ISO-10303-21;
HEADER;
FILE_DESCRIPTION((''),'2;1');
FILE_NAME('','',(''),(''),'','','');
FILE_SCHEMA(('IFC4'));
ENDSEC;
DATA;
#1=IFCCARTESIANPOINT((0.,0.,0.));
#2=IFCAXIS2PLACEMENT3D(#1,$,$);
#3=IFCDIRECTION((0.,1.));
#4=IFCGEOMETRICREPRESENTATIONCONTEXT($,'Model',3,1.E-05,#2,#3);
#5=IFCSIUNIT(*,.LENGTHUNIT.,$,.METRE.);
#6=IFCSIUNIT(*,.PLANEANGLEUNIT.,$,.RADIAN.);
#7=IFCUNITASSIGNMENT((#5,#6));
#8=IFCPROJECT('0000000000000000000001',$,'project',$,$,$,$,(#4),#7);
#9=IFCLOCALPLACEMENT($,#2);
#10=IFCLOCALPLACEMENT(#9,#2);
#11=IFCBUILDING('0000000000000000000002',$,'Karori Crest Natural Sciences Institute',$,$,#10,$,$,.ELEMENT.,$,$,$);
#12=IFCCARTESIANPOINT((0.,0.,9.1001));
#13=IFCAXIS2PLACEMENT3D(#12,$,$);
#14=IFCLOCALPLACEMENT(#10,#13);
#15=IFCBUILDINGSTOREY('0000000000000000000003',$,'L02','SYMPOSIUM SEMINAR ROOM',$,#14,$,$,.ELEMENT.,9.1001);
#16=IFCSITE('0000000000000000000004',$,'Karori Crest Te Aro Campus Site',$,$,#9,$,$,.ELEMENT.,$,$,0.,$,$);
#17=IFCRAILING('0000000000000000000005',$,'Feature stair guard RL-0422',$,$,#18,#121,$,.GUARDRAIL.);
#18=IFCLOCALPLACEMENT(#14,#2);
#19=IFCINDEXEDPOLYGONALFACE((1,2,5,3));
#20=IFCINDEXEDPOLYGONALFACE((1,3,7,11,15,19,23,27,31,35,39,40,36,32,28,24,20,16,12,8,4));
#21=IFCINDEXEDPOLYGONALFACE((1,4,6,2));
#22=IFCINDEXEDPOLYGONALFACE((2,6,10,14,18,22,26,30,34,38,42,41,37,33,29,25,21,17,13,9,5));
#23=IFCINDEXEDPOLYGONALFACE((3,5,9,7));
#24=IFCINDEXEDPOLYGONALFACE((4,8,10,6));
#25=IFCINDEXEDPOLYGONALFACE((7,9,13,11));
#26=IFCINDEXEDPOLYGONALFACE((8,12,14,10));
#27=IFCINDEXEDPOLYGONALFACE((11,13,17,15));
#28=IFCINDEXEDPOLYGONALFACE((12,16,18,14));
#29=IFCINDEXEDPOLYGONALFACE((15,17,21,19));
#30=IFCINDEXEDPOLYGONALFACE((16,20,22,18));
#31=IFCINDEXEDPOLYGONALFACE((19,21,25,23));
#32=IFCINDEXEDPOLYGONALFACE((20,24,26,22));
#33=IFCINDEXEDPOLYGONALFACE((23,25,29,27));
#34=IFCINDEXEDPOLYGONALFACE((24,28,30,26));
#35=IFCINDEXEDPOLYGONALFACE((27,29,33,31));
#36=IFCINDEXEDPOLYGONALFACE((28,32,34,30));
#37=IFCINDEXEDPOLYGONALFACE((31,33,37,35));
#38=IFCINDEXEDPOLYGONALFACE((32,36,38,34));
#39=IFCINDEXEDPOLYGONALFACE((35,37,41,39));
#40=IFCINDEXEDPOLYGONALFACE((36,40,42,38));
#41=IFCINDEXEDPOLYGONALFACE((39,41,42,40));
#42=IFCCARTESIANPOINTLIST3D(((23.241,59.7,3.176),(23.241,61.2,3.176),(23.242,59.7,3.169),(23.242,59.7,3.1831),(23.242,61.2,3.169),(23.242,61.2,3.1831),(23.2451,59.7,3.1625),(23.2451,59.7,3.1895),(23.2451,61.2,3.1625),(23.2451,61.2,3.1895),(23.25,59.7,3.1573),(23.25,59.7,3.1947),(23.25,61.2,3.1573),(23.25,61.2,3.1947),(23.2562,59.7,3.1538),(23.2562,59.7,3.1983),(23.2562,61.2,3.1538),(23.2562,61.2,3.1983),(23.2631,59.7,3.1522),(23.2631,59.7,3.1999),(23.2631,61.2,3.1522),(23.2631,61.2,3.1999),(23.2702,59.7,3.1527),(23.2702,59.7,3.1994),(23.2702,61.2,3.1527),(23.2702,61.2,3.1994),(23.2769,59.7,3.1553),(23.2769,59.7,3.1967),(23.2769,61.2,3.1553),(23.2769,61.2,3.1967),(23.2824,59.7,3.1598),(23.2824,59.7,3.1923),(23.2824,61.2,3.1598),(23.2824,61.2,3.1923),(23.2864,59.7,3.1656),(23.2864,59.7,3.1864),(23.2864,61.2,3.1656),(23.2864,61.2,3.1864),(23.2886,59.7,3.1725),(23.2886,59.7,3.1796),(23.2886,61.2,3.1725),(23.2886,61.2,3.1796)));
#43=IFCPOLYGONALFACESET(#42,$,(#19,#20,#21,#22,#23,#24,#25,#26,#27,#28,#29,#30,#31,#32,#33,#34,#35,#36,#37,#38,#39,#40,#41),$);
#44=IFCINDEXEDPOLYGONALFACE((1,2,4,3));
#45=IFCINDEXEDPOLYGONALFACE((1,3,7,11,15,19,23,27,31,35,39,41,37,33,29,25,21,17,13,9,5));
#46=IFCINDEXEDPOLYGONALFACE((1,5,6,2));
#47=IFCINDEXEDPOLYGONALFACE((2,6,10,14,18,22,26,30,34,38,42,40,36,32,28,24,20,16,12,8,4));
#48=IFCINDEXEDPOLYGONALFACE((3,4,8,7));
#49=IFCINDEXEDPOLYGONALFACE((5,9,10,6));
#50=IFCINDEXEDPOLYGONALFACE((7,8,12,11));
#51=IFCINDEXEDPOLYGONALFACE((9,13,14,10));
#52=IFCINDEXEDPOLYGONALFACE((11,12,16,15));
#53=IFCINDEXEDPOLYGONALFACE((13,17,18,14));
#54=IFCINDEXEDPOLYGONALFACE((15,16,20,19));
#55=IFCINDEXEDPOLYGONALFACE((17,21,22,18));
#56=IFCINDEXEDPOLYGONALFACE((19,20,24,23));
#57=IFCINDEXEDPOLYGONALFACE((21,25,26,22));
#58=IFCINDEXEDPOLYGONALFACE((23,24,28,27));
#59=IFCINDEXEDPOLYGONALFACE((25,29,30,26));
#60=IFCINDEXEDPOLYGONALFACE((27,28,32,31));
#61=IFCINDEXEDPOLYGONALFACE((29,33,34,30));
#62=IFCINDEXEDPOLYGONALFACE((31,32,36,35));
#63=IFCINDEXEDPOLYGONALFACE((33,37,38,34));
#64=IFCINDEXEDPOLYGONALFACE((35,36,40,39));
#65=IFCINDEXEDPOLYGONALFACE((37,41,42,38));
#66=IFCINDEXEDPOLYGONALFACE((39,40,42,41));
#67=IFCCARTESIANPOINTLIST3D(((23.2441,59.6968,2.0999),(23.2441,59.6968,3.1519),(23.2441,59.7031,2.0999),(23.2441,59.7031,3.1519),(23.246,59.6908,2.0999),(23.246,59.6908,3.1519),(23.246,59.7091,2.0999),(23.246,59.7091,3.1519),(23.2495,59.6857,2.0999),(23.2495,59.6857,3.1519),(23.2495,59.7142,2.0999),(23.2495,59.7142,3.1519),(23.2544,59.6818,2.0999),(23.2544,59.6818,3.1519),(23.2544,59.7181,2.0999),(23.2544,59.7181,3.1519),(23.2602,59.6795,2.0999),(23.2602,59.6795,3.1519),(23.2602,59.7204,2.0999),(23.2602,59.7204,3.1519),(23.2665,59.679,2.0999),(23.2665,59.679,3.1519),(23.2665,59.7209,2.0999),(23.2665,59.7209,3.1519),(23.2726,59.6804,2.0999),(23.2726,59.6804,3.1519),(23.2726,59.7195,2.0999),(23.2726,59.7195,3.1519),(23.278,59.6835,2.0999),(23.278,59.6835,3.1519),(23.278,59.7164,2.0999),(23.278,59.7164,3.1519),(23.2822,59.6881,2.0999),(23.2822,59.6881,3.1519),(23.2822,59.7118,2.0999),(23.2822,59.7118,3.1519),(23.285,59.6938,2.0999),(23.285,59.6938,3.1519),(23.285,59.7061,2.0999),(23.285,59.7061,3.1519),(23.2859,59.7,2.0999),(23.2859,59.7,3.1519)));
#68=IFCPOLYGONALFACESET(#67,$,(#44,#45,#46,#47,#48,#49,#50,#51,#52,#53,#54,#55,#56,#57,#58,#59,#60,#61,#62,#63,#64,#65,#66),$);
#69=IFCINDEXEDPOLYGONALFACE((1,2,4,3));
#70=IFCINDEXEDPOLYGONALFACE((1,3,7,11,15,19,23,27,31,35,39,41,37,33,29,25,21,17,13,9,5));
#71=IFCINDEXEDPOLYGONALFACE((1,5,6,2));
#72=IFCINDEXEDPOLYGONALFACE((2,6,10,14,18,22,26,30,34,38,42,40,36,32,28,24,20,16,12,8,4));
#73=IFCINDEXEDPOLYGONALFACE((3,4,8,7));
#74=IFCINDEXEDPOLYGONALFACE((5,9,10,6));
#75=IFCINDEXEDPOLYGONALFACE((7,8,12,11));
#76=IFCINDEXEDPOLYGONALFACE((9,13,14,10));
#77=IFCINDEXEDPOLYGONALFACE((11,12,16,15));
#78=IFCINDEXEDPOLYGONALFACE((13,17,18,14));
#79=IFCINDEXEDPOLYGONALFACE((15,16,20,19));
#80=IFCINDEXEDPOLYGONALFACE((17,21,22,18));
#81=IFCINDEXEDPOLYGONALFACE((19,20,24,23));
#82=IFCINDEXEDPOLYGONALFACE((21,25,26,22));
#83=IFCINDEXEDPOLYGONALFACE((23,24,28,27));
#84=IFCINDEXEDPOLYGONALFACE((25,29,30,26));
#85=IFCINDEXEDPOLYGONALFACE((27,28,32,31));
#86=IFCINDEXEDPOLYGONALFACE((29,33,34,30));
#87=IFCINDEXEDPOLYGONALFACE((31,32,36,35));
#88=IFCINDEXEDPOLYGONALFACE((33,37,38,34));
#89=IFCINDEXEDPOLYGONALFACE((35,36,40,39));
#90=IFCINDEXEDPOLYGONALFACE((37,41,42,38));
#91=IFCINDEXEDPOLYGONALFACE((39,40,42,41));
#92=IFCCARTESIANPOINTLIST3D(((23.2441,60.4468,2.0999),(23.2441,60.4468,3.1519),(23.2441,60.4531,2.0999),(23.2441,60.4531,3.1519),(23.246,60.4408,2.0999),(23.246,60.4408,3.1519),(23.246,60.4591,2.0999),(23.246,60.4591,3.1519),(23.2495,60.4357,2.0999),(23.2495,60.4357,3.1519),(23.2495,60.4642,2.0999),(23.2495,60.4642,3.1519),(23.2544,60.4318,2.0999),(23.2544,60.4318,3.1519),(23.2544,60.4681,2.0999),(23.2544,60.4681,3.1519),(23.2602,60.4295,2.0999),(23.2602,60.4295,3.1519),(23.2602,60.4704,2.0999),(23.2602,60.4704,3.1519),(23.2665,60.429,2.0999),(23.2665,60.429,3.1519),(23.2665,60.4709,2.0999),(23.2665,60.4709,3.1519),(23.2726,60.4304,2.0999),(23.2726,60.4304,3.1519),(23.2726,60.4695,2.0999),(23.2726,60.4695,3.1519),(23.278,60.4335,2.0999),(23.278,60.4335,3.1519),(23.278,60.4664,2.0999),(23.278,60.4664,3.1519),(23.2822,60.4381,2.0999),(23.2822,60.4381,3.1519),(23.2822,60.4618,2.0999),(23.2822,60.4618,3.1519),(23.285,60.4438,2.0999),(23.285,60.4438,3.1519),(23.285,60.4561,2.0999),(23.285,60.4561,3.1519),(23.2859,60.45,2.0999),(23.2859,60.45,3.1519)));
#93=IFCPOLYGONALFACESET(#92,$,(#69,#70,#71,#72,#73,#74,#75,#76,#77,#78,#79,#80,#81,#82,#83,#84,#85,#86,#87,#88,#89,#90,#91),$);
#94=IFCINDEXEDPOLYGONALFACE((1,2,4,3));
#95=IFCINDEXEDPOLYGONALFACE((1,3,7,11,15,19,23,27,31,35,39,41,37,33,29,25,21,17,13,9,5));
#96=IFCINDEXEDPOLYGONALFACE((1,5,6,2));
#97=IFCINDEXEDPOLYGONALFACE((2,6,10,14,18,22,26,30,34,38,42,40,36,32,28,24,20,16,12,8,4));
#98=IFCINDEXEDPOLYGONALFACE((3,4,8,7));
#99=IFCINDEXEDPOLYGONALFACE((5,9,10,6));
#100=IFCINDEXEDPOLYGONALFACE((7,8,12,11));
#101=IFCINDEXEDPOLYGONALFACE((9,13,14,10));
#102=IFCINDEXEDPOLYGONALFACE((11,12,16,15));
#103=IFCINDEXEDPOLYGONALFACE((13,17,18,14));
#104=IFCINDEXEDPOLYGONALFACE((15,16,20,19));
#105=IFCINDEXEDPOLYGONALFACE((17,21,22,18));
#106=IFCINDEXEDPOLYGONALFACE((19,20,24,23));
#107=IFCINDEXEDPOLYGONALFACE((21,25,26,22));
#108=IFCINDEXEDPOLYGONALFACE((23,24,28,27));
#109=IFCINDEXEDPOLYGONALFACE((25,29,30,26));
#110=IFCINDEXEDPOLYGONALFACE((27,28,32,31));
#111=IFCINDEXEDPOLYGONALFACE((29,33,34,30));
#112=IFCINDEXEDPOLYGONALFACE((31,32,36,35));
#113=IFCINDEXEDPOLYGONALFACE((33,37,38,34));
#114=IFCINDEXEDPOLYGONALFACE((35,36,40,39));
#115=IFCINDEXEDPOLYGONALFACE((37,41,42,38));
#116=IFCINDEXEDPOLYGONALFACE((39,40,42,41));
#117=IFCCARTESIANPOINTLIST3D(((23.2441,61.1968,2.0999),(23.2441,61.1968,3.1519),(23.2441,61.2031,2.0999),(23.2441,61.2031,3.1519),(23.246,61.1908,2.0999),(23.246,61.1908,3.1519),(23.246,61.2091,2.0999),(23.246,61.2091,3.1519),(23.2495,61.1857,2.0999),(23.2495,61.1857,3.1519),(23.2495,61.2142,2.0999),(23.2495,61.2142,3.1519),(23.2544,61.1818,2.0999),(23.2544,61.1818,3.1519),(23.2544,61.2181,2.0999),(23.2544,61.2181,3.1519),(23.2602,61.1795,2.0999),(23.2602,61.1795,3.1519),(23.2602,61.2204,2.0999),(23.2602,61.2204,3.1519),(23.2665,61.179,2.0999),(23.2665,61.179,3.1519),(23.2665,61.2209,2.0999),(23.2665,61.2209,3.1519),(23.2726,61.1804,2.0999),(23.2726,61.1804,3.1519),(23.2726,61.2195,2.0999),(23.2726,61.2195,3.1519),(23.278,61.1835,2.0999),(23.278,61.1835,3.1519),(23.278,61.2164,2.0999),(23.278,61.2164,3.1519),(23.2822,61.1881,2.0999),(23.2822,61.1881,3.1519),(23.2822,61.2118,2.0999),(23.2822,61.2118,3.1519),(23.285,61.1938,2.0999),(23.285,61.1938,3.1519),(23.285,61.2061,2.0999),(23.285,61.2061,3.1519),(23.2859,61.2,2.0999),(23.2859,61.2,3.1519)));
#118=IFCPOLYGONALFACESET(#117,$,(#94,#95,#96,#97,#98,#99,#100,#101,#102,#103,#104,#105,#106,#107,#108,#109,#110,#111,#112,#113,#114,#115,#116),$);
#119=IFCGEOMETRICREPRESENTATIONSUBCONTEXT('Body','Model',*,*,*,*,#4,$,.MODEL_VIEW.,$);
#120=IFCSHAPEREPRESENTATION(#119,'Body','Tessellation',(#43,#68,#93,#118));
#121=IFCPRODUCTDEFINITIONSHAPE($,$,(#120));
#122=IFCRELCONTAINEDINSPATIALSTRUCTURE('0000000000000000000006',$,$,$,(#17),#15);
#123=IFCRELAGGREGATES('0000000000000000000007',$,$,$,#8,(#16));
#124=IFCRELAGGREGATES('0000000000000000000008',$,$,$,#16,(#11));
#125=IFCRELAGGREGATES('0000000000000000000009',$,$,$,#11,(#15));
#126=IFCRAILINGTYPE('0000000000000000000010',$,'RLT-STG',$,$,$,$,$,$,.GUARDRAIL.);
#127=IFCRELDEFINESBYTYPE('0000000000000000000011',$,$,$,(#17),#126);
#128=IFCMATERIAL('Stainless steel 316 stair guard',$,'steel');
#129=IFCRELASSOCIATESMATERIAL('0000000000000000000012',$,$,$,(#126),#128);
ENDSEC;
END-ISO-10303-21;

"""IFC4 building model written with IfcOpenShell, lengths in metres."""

from ifc_helpers import new_model, si_unit, direction, frame, origin, origin_2d, place, context, subcontext, project, spatial, circle, extrude, material, type_object, element, save


model = new_model("IFC4")

# Units and contexts
model_context = context("Model", 3, precision=1e-05, world=origin(), true_north=direction((0.0, 1.0)))
body_context = subcontext(model_context, "Body", "Model", "MODEL_VIEW")
ifc_project = project(units=[si_unit("LENGTHUNIT", "METRE"), si_unit("PLANEANGLEUNIT", "RADIAN")], contexts=[model_context])

# Site, building, storey
site_placement = place(None, origin())
site = spatial("IfcSite", under=ifc_project, at=site_placement, Name="Karori Crest Te Aro Campus Site", CompositionType="ELEMENT", RefElevation=0.0)
building_placement = place(site_placement, origin())
building = spatial("IfcBuilding", under=site, at=building_placement, Name="Karori Crest Natural Sciences Institute", CompositionType="ELEMENT")
storey_placement = place(building_placement, frame((0.0, 0.0, 9.1001)))
storey = spatial("IfcBuildingStorey", under=building, at=storey_placement, Name="L02", Description="SYMPOSIUM SEMINAR ROOM", CompositionType="ELEMENT", Elevation=9.1001)

# Railing
ifc_material_1 = material(Name="Stainless steel 316 stair guard", Category="steel")
railing_type = type_object("IfcRailingType", Name="RLT-STG", PredefinedType="GUARDRAIL", material=ifc_material_1)
railing_1_placement = place(storey_placement, frame((23.2649, 59.7, 2.0999)))
element("IfcRailing", 1, at=railing_1_placement, inside=storey, type_object=railing_type, Name="Feature stair guard RL-0422", PredefinedType="GUARDRAIL", context=body_context, shape_type="SweptSolid", body=[
    extrude(circle(Radius=0.0239, at=origin_2d()), frame((0.0, 0.0, 1.0762), z_axis=(0.0, 1.0, 0.0), x_axis=(-1.0, 0.0, 0.0)), (0.0, 0.0, 1.0), 1.5),
    extrude(circle(Radius=0.021, at=origin_2d()), origin(), (0.0, 0.0, 1.0), 1.052),
    extrude(circle(Radius=0.021, at=origin_2d()), frame((0.0, 0.75, 0.0)), (0.0, 0.0, 1.0), 1.052),
    extrude(circle(Radius=0.021, at=origin_2d()), frame((0.0, 1.5, 0.0)), (0.0, 0.0, 1.0), 1.052),
])

save(model, "model.ifc")
